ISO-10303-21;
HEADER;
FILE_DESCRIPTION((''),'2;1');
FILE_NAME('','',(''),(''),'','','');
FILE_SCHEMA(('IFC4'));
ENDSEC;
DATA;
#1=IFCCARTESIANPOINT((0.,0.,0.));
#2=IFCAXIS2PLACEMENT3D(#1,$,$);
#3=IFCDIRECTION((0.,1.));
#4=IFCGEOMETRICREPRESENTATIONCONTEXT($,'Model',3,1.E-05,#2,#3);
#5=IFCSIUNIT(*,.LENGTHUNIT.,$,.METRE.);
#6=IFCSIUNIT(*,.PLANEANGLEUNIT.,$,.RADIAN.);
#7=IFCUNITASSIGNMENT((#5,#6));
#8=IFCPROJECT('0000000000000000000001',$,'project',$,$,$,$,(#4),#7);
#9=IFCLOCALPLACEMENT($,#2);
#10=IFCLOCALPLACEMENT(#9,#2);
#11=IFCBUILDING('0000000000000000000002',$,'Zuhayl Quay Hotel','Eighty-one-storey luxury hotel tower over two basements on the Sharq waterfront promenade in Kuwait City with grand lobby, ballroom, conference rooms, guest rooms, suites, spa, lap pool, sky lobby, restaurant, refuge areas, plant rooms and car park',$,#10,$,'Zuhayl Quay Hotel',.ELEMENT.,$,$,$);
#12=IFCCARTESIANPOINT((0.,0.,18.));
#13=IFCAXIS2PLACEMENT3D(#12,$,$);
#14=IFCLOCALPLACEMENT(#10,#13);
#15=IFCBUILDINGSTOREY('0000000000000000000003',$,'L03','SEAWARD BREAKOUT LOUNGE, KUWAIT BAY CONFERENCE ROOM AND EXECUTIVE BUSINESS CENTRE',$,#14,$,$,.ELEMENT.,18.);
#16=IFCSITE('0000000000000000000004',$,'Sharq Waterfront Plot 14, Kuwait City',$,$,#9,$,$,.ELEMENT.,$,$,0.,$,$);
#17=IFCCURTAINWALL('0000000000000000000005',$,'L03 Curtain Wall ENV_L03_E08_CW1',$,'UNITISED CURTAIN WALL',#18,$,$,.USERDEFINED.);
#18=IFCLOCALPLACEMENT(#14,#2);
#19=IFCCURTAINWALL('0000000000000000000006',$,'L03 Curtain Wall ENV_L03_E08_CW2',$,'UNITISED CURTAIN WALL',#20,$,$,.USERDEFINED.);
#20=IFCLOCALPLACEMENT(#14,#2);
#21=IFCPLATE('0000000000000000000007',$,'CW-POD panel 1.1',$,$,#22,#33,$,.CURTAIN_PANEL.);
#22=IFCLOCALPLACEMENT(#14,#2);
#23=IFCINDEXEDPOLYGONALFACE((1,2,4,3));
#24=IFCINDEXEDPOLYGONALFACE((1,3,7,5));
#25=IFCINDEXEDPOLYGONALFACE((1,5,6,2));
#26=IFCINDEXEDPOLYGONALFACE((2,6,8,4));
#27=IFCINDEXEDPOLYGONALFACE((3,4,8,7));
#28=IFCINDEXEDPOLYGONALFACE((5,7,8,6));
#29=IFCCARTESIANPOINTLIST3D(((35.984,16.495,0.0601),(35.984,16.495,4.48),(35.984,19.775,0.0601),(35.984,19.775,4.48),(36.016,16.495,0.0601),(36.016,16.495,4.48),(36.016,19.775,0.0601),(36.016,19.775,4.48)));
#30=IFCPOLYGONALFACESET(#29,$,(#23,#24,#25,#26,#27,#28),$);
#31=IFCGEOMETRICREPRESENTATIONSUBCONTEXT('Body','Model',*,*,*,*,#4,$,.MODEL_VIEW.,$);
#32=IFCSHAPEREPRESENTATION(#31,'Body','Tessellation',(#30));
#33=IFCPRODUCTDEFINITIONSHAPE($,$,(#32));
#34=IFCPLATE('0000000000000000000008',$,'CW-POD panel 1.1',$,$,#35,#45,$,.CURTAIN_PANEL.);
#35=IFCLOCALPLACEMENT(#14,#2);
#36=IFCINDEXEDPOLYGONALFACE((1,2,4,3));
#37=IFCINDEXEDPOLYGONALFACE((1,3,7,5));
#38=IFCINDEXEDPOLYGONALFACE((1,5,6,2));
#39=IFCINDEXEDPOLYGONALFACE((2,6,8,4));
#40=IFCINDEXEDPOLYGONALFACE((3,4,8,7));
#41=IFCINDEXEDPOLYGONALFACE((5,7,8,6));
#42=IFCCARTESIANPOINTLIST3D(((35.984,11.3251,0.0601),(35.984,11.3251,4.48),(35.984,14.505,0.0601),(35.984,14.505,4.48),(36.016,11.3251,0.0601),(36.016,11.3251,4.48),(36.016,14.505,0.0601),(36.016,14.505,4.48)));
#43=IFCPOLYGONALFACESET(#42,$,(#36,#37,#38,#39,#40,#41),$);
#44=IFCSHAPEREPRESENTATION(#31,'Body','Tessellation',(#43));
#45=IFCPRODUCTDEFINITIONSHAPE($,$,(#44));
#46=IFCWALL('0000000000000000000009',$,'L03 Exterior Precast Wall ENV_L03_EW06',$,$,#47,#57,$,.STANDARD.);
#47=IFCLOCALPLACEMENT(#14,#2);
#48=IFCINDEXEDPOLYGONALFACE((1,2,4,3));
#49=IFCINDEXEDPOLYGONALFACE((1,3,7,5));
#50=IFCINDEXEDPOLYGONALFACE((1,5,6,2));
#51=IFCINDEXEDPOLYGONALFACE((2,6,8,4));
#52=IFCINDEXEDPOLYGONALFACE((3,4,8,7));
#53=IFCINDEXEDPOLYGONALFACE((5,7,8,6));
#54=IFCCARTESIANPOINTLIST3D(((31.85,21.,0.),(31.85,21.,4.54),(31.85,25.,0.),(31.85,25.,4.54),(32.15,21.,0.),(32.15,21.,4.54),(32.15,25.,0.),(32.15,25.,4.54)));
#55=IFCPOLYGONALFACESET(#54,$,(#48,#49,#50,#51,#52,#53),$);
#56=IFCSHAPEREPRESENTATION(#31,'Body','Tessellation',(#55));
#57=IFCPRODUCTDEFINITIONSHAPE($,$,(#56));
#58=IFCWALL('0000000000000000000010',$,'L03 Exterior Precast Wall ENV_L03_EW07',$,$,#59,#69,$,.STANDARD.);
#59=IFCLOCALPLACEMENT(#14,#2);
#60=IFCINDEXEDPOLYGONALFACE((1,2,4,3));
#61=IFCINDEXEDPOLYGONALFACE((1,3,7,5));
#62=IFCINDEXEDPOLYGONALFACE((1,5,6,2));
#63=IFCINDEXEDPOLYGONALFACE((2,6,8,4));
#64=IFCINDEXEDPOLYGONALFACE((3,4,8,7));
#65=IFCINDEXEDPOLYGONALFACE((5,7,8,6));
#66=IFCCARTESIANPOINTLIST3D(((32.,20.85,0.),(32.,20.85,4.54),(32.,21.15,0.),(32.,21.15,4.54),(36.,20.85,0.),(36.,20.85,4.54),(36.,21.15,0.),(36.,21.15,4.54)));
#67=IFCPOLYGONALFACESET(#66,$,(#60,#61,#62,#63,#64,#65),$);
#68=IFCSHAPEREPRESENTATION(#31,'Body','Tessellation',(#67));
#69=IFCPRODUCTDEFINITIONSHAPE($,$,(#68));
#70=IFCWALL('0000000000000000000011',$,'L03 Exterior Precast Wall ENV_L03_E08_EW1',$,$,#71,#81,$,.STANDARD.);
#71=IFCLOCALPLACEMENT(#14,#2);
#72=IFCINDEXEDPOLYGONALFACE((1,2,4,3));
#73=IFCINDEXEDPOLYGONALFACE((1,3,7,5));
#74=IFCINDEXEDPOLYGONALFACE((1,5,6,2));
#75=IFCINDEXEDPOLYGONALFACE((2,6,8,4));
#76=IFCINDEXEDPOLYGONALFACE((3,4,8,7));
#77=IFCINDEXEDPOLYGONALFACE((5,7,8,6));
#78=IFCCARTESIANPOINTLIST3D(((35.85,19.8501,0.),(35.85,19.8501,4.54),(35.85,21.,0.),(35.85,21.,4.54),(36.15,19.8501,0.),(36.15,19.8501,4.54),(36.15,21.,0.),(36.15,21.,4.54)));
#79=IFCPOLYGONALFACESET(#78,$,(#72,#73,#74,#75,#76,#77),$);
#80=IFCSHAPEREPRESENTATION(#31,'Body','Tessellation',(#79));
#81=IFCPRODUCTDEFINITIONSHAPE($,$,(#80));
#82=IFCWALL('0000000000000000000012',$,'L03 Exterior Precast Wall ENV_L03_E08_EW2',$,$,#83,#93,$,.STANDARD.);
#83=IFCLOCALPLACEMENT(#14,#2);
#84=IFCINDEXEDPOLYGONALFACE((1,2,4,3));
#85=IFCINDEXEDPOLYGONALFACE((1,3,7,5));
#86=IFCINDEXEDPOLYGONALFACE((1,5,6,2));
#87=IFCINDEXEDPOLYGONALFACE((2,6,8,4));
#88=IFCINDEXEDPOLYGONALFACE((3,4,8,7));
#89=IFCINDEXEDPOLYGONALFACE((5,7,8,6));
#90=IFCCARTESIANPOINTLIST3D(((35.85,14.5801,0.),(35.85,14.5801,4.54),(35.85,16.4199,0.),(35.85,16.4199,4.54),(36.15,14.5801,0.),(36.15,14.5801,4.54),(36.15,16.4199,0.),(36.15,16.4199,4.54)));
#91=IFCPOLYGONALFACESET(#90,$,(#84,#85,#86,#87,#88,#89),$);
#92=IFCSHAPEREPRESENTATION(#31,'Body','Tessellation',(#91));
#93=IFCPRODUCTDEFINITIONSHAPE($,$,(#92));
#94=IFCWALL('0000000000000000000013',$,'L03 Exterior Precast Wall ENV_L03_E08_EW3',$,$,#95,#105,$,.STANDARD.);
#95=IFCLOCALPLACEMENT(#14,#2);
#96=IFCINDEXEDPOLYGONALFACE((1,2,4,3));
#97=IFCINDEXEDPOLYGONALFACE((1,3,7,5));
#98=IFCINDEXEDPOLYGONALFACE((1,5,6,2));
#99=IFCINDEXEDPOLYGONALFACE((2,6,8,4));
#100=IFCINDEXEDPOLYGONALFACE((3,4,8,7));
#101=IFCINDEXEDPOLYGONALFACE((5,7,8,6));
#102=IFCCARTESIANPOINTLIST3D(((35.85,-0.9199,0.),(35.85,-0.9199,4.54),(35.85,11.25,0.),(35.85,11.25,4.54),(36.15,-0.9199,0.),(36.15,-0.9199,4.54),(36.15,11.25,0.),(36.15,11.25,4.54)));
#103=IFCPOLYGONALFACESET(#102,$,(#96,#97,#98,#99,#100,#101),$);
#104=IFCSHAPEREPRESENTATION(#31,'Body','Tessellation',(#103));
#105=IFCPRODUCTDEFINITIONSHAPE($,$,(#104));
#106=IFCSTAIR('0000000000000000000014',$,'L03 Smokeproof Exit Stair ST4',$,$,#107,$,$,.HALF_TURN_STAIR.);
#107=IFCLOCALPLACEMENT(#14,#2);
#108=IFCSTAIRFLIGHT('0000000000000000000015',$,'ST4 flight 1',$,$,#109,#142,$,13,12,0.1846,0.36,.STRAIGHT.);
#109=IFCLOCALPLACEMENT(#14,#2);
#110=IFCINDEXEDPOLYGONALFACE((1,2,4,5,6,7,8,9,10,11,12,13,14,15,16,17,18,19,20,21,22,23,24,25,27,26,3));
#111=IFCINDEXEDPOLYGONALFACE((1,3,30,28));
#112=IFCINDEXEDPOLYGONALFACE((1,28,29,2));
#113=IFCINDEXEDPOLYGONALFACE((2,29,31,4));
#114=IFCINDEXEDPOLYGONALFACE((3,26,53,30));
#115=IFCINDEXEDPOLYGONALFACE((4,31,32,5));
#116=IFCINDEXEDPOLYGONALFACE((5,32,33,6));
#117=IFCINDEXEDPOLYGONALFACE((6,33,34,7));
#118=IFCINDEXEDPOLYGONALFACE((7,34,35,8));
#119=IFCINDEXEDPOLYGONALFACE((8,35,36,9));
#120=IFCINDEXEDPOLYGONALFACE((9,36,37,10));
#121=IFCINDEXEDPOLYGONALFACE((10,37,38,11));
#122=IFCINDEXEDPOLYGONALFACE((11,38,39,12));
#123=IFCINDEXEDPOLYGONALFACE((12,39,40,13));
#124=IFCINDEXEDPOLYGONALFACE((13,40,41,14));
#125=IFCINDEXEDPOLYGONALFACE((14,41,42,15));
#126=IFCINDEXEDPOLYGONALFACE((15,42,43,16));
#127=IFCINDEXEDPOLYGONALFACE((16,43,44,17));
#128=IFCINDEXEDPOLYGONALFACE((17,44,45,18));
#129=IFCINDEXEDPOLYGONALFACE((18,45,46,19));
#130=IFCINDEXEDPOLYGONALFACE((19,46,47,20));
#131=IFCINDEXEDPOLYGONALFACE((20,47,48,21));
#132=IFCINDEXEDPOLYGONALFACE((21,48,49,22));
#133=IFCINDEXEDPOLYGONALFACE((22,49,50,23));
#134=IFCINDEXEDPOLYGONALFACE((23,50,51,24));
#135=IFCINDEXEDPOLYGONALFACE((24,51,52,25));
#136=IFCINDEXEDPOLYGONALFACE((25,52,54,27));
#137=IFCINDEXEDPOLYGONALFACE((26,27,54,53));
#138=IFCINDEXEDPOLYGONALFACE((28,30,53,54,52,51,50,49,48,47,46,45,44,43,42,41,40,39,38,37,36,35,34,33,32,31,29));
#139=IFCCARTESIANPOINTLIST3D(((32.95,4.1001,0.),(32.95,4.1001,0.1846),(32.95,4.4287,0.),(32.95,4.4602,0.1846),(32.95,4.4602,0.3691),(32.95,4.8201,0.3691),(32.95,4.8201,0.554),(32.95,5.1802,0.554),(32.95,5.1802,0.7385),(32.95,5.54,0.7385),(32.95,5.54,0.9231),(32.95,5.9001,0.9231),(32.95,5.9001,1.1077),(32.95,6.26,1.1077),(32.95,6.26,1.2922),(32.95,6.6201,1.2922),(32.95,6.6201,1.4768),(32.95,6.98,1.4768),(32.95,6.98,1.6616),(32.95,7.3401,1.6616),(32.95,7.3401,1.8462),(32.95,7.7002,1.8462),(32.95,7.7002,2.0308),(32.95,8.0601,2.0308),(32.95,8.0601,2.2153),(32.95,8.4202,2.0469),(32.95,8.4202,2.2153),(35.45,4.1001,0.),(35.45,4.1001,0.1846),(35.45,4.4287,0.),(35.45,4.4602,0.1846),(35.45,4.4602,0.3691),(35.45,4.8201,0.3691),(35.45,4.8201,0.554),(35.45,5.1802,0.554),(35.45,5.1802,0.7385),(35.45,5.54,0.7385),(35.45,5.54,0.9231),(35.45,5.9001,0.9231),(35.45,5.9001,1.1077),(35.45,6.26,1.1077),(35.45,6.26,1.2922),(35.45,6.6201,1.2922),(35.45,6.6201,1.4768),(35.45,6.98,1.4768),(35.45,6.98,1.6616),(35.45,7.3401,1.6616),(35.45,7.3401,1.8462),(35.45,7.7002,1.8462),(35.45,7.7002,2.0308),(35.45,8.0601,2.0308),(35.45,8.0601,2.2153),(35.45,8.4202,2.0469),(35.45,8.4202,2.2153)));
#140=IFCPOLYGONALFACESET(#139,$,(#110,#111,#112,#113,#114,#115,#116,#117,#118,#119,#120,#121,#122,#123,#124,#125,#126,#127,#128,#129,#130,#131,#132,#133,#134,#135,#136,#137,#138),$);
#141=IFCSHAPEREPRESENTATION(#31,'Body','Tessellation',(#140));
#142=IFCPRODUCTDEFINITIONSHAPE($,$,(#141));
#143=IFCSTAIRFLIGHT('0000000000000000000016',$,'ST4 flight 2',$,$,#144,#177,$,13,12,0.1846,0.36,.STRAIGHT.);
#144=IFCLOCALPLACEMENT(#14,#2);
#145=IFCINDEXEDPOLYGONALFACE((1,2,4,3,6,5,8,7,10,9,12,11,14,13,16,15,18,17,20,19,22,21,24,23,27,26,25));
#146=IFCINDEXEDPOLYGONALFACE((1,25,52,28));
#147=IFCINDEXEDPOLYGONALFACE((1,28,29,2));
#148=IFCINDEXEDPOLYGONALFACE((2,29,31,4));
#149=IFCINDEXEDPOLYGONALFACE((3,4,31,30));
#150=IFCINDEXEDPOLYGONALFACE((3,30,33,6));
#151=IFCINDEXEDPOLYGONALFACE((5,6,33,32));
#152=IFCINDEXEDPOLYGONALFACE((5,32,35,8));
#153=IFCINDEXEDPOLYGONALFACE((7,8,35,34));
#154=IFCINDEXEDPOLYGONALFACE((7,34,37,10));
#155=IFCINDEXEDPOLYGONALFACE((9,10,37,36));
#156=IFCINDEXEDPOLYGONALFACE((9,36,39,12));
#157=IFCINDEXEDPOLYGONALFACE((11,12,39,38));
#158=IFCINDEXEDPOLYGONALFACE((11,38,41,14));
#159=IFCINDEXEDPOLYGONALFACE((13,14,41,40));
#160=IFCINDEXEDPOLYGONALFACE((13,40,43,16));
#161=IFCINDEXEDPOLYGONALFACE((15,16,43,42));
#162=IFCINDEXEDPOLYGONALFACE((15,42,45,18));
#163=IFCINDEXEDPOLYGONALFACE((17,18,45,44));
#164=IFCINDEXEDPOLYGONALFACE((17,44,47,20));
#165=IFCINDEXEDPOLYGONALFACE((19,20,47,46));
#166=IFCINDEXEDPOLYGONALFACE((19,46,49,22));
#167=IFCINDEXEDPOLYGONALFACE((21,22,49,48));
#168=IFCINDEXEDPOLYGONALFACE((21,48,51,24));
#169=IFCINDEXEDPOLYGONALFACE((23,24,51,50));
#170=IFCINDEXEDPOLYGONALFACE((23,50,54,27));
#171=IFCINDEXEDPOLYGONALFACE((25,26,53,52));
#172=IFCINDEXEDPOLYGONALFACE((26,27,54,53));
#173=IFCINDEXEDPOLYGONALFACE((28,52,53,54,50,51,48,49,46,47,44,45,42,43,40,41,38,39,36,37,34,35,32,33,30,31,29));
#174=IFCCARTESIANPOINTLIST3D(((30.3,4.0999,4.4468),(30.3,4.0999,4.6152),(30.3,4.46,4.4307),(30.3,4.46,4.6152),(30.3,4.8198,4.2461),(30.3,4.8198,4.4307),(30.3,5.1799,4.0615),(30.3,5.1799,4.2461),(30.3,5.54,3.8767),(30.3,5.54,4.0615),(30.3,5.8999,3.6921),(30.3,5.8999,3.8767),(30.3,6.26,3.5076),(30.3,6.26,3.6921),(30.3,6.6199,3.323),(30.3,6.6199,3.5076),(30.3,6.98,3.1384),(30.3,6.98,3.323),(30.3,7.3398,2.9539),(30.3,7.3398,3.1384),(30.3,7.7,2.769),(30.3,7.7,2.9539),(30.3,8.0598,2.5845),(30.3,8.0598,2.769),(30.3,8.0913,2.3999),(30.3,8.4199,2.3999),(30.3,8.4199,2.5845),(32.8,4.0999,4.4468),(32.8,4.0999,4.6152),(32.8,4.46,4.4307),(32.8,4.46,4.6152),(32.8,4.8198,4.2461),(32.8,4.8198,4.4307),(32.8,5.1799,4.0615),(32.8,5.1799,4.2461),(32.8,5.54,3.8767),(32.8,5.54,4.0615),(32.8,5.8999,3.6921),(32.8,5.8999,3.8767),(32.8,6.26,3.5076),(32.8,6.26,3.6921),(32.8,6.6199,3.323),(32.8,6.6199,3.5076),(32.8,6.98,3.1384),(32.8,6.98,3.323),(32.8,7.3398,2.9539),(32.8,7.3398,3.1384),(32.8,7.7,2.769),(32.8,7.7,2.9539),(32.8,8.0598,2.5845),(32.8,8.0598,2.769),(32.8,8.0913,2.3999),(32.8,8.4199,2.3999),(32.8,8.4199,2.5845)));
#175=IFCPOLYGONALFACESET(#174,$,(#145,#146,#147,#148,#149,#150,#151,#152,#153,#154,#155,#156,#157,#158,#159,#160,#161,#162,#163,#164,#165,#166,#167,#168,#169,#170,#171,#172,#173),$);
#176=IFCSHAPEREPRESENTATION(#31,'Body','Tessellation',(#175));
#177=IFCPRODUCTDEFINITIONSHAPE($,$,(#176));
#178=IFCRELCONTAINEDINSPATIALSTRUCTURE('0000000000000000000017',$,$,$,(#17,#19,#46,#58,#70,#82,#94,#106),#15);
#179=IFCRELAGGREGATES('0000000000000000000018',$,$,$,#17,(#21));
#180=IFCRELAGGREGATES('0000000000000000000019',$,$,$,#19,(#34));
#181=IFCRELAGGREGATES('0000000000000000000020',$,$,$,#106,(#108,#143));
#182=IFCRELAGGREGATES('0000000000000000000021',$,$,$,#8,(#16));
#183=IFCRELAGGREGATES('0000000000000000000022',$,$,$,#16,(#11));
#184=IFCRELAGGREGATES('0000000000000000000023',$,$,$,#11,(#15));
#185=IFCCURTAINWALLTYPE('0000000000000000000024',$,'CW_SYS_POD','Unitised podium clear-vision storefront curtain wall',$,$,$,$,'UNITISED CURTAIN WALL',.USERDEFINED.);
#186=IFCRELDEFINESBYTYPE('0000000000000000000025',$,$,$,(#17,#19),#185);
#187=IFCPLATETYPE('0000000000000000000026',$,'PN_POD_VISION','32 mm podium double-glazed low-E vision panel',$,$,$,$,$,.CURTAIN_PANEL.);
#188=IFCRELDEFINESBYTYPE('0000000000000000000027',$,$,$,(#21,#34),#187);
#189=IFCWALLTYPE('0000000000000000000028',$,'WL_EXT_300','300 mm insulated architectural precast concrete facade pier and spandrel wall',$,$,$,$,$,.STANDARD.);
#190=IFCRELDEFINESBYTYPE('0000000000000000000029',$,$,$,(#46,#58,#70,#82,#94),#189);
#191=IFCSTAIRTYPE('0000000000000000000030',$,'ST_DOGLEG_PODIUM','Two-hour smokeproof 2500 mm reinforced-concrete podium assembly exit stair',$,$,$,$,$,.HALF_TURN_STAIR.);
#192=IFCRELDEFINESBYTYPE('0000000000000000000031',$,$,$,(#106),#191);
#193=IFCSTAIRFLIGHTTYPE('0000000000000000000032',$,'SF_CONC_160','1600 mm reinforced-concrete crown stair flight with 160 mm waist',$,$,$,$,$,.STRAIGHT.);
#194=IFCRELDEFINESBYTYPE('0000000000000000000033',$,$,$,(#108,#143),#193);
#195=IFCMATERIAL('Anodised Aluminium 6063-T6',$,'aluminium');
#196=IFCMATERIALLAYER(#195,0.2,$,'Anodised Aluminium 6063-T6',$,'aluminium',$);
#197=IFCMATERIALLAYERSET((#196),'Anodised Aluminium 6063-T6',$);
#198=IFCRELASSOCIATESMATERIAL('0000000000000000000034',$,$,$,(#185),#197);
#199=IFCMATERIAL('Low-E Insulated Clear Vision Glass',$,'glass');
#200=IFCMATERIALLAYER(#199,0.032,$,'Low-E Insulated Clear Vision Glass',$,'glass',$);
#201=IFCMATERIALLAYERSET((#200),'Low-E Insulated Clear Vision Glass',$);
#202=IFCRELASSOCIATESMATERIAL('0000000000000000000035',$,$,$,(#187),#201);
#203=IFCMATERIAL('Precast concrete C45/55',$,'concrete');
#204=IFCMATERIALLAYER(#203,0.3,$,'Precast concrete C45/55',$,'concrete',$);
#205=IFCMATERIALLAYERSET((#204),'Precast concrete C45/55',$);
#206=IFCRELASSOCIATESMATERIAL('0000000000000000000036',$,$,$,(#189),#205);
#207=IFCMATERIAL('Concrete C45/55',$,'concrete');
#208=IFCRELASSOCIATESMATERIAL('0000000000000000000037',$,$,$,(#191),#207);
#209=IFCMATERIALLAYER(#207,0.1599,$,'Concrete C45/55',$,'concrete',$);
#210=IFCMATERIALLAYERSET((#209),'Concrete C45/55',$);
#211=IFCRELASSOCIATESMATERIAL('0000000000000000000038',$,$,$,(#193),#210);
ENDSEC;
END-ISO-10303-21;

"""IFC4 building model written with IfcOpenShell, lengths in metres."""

from ifc_helpers import new_model, si_unit, direction, frame, frame_2d, origin, origin_2d, place, context, subcontext, project, spatial, polyline, rectangle, outline, extrude, material, layer, layer_set, type_object, element, aggregate, save


model = new_model("IFC4")

# Units and contexts
model_context = context("Model", 3, precision=1e-05, world=origin(), true_north=direction((0.0, 1.0)))
body_context = subcontext(model_context, "Body", "Model", "MODEL_VIEW")
ifc_project = project(units=[si_unit("LENGTHUNIT", "METRE"), si_unit("PLANEANGLEUNIT", "RADIAN")], contexts=[model_context])

# Site, building, storey
site_placement = place(None, origin())
site = spatial("IfcSite", under=ifc_project, at=site_placement, Name="Sharq Waterfront Plot 14, Kuwait City", CompositionType="ELEMENT", RefElevation=0.0)
building_placement = place(site_placement, origin())
building = spatial("IfcBuilding", under=site, at=building_placement, Name="Zuhayl Quay Hotel", Description="Eighty-one-storey luxury hotel tower over two basements on the Sharq waterfront promenade in Kuwait City with grand lobby, ballroom, conference rooms, guest rooms, suites, spa, lap pool, sky lobby, restaurant, refuge areas, plant rooms and car park", LongName="Zuhayl Quay Hotel", CompositionType="ELEMENT")
storey_placement = place(building_placement, frame((0.0, 0.0, 18.0)))
storey = spatial("IfcBuildingStorey", under=building, at=storey_placement, Name="L03", Description="SEAWARD BREAKOUT LOUNGE, KUWAIT BAY CONFERENCE ROOM AND EXECUTIVE BUSINESS CENTRE", CompositionType="ELEMENT", Elevation=18.0)

# Curtain walls
ifc_material_1 = material(Name="Anodised Aluminium 6063-T6", Category="aluminium")
ifc_layer_1 = layer(ifc_material_1, 0.2, Name="Anodised Aluminium 6063-T6", Category="aluminium")
ifc_layer_set_1 = layer_set([ifc_layer_1], Name="Anodised Aluminium 6063-T6")
curtain_wall_type = type_object("IfcCurtainWallType", Name="CW_SYS_POD", Description="Unitised podium clear-vision storefront curtain wall", ElementType="UNITISED CURTAIN WALL", PredefinedType="USERDEFINED", material=ifc_layer_set_1)
curtain_wall_1_placement = place(storey_placement, origin())
curtain_wall_1 = element("IfcCurtainWall", 1, at=curtain_wall_1_placement, inside=storey, type_object=curtain_wall_type, Name="L03 Curtain Wall ENV_L03_E08_CW1", ObjectType="UNITISED CURTAIN WALL", PredefinedType="USERDEFINED")
curtain_wall_2_placement = place(storey_placement, origin())
curtain_wall_2 = element("IfcCurtainWall", 2, at=curtain_wall_2_placement, inside=storey, type_object=curtain_wall_type, Name="L03 Curtain Wall ENV_L03_E08_CW2", ObjectType="UNITISED CURTAIN WALL", PredefinedType="USERDEFINED")

# Plates
ifc_material_2 = material(Name="Low-E Insulated Clear Vision Glass", Category="glass")
ifc_layer_2 = layer(ifc_material_2, 0.032, Name="Low-E Insulated Clear Vision Glass", Category="glass")
ifc_layer_set_2 = layer_set([ifc_layer_2], Name="Low-E Insulated Clear Vision Glass")
plate_type = type_object("IfcPlateType", Name="PN_POD_VISION", Description="32 mm podium double-glazed low-E vision panel", PredefinedType="CURTAIN_PANEL", material=ifc_layer_set_2)
plate_1_placement = place(storey_placement, frame((36.0, 18.135, 0.0601), z_axis=(0.0, 0.0, 1.0), x_axis=(0.0, -1.0, 0.0)))
plate_1 = element("IfcPlate", 3, at=plate_1_placement, type_object=plate_type, Name="CW-POD panel 1.1", PredefinedType="CURTAIN_PANEL", context=body_context, shape_type="SweptSolid", body=[
    extrude(rectangle(XDim=3.28, YDim=0.032, at=origin_2d()), origin(), (0.0, 0.0, 1.0), 4.4199),
])
aggregate(curtain_wall_1, [plate_1])
plate_2_placement = place(storey_placement, frame((36.0, 12.915, 0.0601), z_axis=(0.0, 0.0, 1.0), x_axis=(0.0, -1.0, 0.0)))
plate_2 = element("IfcPlate", 4, at=plate_2_placement, type_object=plate_type, Name="CW-POD panel 1.1", PredefinedType="CURTAIN_PANEL", context=body_context, shape_type="SweptSolid", body=[
    extrude(rectangle(XDim=3.1799, YDim=0.032, at=origin_2d()), origin(), (0.0, 0.0, 1.0), 4.4199),
])
aggregate(curtain_wall_2, [plate_2])

# Walls
ifc_material_3 = material(Name="Precast concrete C45/55", Category="concrete")
ifc_layer_3 = layer(ifc_material_3, 0.3, Name="Precast concrete C45/55", Category="concrete")
ifc_layer_set_3 = layer_set([ifc_layer_3], Name="Precast concrete C45/55")
wall_type = type_object("IfcWallType", Name="WL_EXT_300", Description="300 mm insulated architectural precast concrete facade pier and spandrel wall", PredefinedType="STANDARD", material=ifc_layer_set_3)
for number, where, z_axis, x_axis, name in (
    (5, (32.0, 25.0, 0.0), (0.0, 0.0, 1.0), (0.0, -1.0, 0.0), "L03 Exterior Precast Wall ENV_L03_EW06"),
    (6, (32.0, 21.0, 0.0), (0.0, 0.0, 1.0), (1.0, 0.0, 0.0), "L03 Exterior Precast Wall ENV_L03_EW07"),
):
    element("IfcWall", number, at=place(storey_placement, frame(where, z_axis=z_axis, x_axis=x_axis)), inside=storey, type_object=wall_type, Name=name, PredefinedType="STANDARD", context=body_context, shape_type="SweptSolid", body=[
        extrude(rectangle(XDim=4.0, YDim=0.3, at=frame_2d((2.0, 0.0))), origin(), (0.0, 0.0, 1.0), 4.54),
    ])
wall_1_placement = place(storey_placement, frame((36.0, 21.0, 0.0), z_axis=(0.0, 0.0, 1.0), x_axis=(0.0, -1.0, 0.0)))
element("IfcWall", 7, at=wall_1_placement, inside=storey, type_object=wall_type, Name="L03 Exterior Precast Wall ENV_L03_E08_EW1", PredefinedType="STANDARD", context=body_context, shape_type="SweptSolid", body=[
    extrude(rectangle(XDim=1.1499, YDim=0.3, at=frame_2d((0.575, 0.0))), origin(), (0.0, 0.0, 1.0), 4.54),
])
wall_2_placement = place(storey_placement, frame((36.0, 16.4199, 0.0), z_axis=(0.0, 0.0, 1.0), x_axis=(0.0, -1.0, 0.0)))
element("IfcWall", 8, at=wall_2_placement, inside=storey, type_object=wall_type, Name="L03 Exterior Precast Wall ENV_L03_E08_EW2", PredefinedType="STANDARD", context=body_context, shape_type="SweptSolid", body=[
    extrude(rectangle(XDim=1.8398, YDim=0.3, at=frame_2d((0.9199, 0.0))), origin(), (0.0, 0.0, 1.0), 4.54),
])
wall_3_placement = place(storey_placement, frame((36.0, 11.25, 0.0), z_axis=(0.0, 0.0, 1.0), x_axis=(0.0, -1.0, 0.0)))
element("IfcWall", 9, at=wall_3_placement, inside=storey, type_object=wall_type, Name="L03 Exterior Precast Wall ENV_L03_E08_EW3", PredefinedType="STANDARD", context=body_context, shape_type="SweptSolid", body=[
    extrude(rectangle(XDim=12.1699, YDim=0.3, at=frame_2d((6.085, 0.0))), origin(), (0.0, 0.0, 1.0), 4.54),
])

# Stair, stair flights
ifc_material_4 = material(Name="Concrete C45/55", Category="concrete")
stair_type = type_object("IfcStairType", Name="ST_DOGLEG_PODIUM", Description="Two-hour smokeproof 2500 mm reinforced-concrete podium assembly exit stair", PredefinedType="HALF_TURN_STAIR", material=ifc_material_4)
stair_placement = place(storey_placement, origin())
stair = element("IfcStair", 10, at=stair_placement, inside=storey, type_object=stair_type, Name="L03 Smokeproof Exit Stair ST4", PredefinedType="HALF_TURN_STAIR")
ifc_layer_4 = layer(ifc_material_4, 0.1599, Name="Concrete C45/55", Category="concrete")
ifc_layer_set_4 = layer_set([ifc_layer_4], Name="Concrete C45/55")
stair_flight_type = type_object("IfcStairFlightType", Name="SF_CONC_160", Description="1600 mm reinforced-concrete crown stair flight with 160 mm waist", PredefinedType="STRAIGHT", material=ifc_layer_set_4)
stair_flight_1_placement = place(storey_placement, frame((34.2, 4.1001, 0.0), z_axis=(0.0, 0.0, 1.0), x_axis=(0.0, 1.0, 0.0)))
stair_flight_1 = element("IfcStairFlight", 11, at=stair_flight_1_placement, type_object=stair_flight_type, Name="ST4 flight 1", NumberOfRisers=13, NumberOfTreads=12, PredefinedType="STRAIGHT", RiserHeight=0.1846, TreadLength=0.36, context=body_context, shape_type="SweptSolid", body=[
    extrude(outline(polyline([(0.0, 0.0), (0.0, 0.1846), (0.3601, 0.1846), (0.3601, 0.3691), (0.72, 0.3691), (0.72, 0.554), (1.0801, 0.554), (1.0801, 0.7385), (1.4399, 0.7385), (1.4399, 0.9231), (1.8, 0.9231), (1.8, 1.1077), (2.1599, 1.1077), (2.1599, 1.2922), (2.52, 1.2922), (2.52, 1.4768), (2.8799, 1.4768), (2.8799, 1.6616), (3.24, 1.6616), (3.24, 1.8462), (3.6001, 1.8462), (3.6001, 2.0308), (3.96, 2.0308), (3.96, 2.2153), (4.3201, 2.2153), (4.3201, 2.3999), (4.3201, 2.0469), (0.3286, 0.0), (0.0, 0.0)])), frame((0.0, 1.25, 0.0), z_axis=(0.0, -1.0, 0.0), x_axis=(1.0, 0.0, 0.0)), (0.0, 0.0, 1.0), 2.5),
])
stair_flight_2_placement = place(storey_placement, frame((31.55, 8.4199, 2.3999), z_axis=(0.0, 0.0, 1.0), x_axis=(0.0, -1.0, 0.0)))
stair_flight_2 = element("IfcStairFlight", 12, at=stair_flight_2_placement, type_object=stair_flight_type, Name="ST4 flight 2", NumberOfRisers=13, NumberOfTreads=12, PredefinedType="STRAIGHT", RiserHeight=0.1846, TreadLength=0.36, context=body_context, shape_type="SweptSolid", body=[
    extrude(outline(polyline([(0.0, 0.0), (0.0, 0.1846), (0.3601, 0.1846), (0.3601, 0.3691), (0.72, 0.3691), (0.72, 0.554), (1.0801, 0.554), (1.0801, 0.7385), (1.4399, 0.7385), (1.4399, 0.9231), (1.8, 0.9231), (1.8, 1.1077), (2.1599, 1.1077), (2.1599, 1.2922), (2.52, 1.2922), (2.52, 1.4768), (2.8799, 1.4768), (2.8799, 1.6616), (3.24, 1.6616), (3.24, 1.8462), (3.6001, 1.8462), (3.6001, 2.0308), (3.96, 2.0308), (3.96, 2.2153), (4.3201, 2.2153), (4.3201, 2.3999), (4.3201, 2.0469), (0.3286, 0.0), (0.0, 0.0)])), frame((0.0, 1.25, 0.0), z_axis=(0.0, -1.0, 0.0), x_axis=(1.0, 0.0, 0.0)), (0.0, 0.0, 1.0), 2.5),
])
aggregate(stair, [stair_flight_1, stair_flight_2])

save(model, "model.ifc")
